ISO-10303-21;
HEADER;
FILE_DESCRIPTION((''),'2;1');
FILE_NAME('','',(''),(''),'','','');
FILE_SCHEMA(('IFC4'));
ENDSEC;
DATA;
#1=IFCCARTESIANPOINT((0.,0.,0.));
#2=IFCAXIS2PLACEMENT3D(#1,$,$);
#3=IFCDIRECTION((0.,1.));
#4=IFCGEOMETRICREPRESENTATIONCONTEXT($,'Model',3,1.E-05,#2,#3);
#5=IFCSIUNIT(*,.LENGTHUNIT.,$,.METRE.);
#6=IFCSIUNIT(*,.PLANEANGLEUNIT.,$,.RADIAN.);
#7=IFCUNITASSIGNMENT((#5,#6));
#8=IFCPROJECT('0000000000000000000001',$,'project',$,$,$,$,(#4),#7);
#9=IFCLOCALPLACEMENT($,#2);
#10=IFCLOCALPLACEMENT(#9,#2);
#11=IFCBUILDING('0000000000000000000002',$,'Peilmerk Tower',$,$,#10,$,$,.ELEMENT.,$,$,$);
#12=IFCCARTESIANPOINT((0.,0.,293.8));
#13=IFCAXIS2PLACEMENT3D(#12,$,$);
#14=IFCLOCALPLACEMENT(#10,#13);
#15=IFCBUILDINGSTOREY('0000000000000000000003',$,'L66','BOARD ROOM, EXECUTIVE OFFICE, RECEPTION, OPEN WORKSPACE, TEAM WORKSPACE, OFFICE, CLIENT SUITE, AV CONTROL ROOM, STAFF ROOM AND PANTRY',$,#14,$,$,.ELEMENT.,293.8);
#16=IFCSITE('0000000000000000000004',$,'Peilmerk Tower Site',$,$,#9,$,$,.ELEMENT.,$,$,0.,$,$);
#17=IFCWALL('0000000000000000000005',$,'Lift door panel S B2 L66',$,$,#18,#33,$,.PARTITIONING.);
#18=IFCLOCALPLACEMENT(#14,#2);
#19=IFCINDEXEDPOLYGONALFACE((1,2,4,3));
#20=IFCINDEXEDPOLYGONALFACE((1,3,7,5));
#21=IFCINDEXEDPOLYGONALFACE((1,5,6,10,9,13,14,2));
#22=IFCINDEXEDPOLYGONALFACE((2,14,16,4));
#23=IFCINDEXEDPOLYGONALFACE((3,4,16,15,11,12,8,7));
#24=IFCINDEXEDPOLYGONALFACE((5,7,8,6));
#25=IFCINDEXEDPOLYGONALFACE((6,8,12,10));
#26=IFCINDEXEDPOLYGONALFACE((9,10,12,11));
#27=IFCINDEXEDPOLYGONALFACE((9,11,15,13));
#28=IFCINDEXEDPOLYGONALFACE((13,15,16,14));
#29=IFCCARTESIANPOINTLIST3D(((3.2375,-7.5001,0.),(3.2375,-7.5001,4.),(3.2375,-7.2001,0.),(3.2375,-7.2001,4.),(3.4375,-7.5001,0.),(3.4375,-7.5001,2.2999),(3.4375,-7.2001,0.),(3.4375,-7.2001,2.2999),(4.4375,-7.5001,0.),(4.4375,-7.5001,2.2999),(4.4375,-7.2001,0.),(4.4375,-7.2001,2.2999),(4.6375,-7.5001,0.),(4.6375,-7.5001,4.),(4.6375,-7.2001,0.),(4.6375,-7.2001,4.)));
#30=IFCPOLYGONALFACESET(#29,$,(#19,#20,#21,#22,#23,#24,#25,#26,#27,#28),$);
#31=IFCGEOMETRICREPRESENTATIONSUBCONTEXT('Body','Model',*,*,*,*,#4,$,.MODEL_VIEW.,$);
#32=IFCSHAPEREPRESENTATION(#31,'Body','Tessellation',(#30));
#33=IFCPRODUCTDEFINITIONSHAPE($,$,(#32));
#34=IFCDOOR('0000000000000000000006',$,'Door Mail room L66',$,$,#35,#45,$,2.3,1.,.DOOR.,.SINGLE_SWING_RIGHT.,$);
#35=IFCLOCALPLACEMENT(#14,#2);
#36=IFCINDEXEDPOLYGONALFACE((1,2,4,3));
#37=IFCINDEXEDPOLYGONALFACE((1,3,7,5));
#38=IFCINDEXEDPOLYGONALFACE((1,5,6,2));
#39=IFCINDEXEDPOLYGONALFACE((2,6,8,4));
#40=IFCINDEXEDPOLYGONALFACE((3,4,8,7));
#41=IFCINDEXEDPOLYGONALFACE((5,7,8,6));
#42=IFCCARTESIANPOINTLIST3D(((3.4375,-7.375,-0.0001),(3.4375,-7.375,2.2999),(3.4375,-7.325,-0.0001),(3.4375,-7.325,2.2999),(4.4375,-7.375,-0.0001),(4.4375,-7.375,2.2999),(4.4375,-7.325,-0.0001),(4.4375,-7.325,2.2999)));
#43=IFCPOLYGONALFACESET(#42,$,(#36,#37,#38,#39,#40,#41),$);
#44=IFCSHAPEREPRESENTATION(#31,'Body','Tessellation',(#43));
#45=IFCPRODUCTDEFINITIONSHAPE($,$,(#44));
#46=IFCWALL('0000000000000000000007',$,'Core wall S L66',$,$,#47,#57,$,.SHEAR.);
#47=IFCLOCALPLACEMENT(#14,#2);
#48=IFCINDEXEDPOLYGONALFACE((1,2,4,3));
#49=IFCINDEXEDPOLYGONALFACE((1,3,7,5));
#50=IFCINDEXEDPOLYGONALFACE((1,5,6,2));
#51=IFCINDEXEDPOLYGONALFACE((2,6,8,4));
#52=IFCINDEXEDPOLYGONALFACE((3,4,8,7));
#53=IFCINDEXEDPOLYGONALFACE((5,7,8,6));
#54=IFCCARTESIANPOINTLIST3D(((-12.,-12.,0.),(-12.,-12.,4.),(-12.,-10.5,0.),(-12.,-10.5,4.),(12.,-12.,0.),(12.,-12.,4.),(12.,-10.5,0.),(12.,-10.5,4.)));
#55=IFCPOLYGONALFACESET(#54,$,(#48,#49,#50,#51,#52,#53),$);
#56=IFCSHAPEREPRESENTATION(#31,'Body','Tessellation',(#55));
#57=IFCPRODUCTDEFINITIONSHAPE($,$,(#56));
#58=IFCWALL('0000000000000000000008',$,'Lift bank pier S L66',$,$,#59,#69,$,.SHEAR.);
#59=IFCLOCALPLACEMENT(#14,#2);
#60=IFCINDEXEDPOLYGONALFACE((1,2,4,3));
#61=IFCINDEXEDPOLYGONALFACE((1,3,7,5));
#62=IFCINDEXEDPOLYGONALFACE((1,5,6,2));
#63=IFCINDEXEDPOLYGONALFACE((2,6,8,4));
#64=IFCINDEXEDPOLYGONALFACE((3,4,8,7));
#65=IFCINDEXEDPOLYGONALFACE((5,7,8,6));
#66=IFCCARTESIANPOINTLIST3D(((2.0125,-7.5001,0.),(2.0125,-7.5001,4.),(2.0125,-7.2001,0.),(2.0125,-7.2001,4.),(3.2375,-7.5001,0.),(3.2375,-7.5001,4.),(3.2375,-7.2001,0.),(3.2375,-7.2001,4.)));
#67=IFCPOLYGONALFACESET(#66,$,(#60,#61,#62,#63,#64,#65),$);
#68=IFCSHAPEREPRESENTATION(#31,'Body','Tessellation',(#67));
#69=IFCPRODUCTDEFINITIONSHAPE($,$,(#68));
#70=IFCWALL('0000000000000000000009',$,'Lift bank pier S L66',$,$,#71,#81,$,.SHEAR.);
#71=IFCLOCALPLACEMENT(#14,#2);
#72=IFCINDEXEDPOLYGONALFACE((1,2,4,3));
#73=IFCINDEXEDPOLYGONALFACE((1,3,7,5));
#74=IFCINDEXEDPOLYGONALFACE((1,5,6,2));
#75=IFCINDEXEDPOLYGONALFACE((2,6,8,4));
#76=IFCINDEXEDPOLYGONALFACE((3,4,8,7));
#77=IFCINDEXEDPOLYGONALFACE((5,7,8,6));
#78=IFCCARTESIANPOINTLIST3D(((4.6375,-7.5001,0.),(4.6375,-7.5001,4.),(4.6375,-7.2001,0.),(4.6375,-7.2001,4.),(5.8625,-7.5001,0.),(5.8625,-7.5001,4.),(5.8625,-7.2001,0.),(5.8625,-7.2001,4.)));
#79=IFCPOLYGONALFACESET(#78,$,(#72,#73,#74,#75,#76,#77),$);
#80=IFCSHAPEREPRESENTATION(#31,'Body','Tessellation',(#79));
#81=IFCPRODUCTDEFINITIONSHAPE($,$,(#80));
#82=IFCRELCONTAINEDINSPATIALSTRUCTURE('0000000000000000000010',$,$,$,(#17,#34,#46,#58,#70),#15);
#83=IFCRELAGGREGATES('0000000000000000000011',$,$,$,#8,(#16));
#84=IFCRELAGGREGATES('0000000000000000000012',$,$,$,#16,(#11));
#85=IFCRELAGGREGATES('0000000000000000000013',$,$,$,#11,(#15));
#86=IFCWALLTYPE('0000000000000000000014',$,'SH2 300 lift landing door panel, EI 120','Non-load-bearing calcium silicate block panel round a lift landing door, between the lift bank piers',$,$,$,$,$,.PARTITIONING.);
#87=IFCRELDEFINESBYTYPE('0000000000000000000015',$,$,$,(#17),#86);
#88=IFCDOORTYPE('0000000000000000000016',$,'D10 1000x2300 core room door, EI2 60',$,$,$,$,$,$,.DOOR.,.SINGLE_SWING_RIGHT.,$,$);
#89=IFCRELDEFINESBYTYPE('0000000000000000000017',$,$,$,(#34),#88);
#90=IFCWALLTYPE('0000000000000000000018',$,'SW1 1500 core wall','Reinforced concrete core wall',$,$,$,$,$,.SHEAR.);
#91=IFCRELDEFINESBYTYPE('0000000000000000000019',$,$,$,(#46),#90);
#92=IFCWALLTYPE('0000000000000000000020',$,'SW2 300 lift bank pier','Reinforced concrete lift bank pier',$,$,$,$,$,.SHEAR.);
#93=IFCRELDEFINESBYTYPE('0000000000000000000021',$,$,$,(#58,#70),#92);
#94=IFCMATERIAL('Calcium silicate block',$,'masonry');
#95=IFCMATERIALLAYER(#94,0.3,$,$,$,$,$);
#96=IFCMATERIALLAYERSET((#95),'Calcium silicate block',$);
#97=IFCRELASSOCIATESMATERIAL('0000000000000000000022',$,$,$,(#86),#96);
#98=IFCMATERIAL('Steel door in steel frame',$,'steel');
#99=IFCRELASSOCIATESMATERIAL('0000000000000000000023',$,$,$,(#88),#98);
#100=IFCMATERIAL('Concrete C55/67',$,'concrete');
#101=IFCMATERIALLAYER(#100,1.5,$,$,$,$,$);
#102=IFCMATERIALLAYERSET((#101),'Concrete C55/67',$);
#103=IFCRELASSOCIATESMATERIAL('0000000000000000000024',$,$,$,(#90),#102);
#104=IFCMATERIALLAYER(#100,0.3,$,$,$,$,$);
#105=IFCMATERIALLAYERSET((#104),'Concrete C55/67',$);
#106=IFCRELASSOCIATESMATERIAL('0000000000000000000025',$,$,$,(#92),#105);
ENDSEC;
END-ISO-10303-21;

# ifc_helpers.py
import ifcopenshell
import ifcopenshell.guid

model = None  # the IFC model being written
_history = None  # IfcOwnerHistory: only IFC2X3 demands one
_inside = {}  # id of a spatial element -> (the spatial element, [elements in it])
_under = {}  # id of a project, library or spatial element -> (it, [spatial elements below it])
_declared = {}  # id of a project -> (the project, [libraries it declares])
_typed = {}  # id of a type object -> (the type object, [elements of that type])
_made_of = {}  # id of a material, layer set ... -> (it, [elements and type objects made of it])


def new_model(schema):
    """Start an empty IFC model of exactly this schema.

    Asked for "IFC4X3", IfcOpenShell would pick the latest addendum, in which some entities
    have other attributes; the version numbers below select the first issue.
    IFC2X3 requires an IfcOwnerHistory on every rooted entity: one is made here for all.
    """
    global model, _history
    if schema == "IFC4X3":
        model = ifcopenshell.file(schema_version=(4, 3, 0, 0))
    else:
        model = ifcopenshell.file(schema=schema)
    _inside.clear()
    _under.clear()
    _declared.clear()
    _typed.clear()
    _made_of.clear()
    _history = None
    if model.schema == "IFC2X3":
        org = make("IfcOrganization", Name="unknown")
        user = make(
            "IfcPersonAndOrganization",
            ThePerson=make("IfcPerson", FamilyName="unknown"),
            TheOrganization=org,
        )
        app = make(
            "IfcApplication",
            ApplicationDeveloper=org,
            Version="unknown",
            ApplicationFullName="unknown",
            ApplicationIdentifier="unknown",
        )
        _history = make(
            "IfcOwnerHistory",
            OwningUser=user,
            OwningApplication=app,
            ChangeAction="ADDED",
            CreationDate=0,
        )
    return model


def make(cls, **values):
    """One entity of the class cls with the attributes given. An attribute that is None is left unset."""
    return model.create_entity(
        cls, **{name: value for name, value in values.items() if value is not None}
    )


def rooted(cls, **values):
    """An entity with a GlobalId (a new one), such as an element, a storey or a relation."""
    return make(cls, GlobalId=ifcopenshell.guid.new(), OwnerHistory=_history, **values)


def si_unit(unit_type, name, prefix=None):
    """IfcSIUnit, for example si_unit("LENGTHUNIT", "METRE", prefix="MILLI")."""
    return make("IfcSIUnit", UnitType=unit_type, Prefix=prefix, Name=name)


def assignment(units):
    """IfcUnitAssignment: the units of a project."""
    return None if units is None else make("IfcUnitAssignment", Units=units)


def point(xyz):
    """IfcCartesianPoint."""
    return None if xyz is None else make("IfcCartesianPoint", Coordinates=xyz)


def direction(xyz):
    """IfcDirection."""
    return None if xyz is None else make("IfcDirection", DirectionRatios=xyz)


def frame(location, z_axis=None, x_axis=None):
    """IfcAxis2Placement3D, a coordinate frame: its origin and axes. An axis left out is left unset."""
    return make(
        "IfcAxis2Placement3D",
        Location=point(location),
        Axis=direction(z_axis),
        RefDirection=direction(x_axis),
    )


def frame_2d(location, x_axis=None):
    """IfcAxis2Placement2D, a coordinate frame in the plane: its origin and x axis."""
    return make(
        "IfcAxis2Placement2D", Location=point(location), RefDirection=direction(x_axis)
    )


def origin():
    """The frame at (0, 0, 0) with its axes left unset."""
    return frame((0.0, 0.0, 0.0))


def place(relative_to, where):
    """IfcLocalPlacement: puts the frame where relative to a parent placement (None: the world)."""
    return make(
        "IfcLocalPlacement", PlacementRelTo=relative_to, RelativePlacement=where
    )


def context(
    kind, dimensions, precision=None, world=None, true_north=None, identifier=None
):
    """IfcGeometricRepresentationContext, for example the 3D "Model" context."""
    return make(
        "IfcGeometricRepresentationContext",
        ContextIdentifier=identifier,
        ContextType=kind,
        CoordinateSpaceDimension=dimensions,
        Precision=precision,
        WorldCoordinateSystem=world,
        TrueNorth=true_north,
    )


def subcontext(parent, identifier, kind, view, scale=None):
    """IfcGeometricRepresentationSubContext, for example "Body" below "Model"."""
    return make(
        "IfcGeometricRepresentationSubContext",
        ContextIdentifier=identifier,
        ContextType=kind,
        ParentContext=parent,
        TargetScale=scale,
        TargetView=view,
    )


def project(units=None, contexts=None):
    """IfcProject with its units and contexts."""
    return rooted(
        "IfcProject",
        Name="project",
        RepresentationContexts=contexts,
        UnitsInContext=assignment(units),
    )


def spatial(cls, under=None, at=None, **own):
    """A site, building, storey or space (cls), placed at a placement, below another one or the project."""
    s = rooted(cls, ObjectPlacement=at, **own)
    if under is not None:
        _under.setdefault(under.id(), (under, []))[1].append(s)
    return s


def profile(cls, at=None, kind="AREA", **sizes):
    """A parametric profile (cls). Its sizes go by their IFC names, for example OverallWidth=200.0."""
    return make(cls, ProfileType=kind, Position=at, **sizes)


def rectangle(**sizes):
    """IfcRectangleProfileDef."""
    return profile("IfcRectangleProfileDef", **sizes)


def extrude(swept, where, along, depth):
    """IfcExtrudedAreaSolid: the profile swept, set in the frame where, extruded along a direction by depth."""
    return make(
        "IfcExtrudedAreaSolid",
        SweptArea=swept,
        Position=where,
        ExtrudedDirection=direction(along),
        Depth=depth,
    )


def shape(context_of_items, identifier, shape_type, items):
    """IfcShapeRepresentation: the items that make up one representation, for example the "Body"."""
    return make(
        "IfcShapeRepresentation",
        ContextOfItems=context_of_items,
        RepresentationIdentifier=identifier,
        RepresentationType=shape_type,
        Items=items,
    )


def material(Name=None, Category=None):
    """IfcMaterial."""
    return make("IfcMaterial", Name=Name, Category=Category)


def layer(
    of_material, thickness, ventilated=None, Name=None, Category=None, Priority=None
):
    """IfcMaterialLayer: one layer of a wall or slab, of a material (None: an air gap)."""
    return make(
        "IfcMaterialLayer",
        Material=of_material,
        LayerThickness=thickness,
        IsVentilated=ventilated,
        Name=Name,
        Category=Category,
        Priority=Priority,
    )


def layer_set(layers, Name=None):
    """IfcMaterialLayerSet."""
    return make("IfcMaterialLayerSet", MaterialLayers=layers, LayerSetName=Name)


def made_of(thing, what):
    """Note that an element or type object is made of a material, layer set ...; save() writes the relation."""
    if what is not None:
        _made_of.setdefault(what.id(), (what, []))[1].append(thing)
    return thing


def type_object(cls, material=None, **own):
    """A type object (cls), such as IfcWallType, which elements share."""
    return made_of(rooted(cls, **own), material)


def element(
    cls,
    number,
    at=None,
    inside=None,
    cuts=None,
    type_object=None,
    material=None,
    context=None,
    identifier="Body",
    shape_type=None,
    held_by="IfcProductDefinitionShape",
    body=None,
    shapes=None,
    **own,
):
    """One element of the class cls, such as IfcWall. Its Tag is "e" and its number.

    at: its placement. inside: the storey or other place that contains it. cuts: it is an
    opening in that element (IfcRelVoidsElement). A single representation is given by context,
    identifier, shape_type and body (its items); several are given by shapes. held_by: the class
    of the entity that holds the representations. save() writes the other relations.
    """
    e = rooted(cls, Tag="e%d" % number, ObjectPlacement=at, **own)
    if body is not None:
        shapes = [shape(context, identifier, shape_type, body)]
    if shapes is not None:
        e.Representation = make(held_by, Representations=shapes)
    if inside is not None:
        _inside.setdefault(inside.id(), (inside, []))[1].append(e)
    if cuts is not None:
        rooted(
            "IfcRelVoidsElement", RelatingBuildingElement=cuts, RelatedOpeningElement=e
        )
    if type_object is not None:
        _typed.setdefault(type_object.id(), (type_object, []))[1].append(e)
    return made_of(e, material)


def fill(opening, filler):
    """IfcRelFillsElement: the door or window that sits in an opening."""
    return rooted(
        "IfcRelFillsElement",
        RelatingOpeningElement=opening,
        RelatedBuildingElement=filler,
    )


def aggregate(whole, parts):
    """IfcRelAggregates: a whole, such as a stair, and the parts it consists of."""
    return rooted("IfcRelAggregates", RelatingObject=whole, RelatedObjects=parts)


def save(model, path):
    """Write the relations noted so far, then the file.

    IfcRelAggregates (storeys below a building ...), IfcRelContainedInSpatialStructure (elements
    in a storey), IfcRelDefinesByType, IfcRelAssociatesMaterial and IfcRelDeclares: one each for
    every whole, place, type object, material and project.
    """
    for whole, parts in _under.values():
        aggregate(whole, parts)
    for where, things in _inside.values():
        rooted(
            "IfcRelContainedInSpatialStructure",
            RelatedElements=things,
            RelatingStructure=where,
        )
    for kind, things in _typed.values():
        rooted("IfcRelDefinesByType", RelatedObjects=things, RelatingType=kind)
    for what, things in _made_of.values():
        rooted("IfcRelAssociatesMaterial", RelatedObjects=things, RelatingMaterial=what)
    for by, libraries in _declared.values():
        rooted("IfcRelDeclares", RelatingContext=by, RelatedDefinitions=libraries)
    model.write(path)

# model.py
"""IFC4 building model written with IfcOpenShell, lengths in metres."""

from ifc_helpers import new_model, si_unit, direction, frame, frame_2d, origin, place, context, subcontext, project, spatial, rectangle, extrude, material, layer, layer_set, type_object, element, fill, save


model = new_model("IFC4")

# Units and contexts
model_context = context("Model", 3, precision=1e-05, world=origin(), true_north=direction((0.0, 1.0)))
body_context = subcontext(model_context, "Body", "Model", "MODEL_VIEW")
ifc_project = project(units=[si_unit("LENGTHUNIT", "METRE"), si_unit("PLANEANGLEUNIT", "RADIAN")], contexts=[model_context])

# Site, building, storey
site_placement = place(None, origin())
site = spatial("IfcSite", under=ifc_project, at=site_placement, Name="Peilmerk Tower Site", CompositionType="ELEMENT", RefElevation=0.0)
building_placement = place(site_placement, origin())
building = spatial("IfcBuilding", under=site, at=building_placement, Name="Peilmerk Tower", CompositionType="ELEMENT")
storey_placement = place(building_placement, frame((0.0, 0.0, 293.8)))
storey = spatial("IfcBuildingStorey", under=building, at=storey_placement, Name="L66", Description="BOARD ROOM, EXECUTIVE OFFICE, RECEPTION, OPEN WORKSPACE, TEAM WORKSPACE, OFFICE, CLIENT SUITE, AV CONTROL ROOM, STAFF ROOM AND PANTRY", CompositionType="ELEMENT", Elevation=293.8)

# Shared definitions
ifc_material_1 = material(Name="Calcium silicate block", Category="masonry")

# Shared definitions
ifc_layer_1 = layer(ifc_material_1, 0.3)
ifc_layer_set_1 = layer_set([ifc_layer_1], Name="Calcium silicate block")
wall_type_1 = type_object("IfcWallType", Name="SH2 300 lift landing door panel, EI 120", Description="Non-load-bearing calcium silicate block panel round a lift landing door, between the lift bank piers", PredefinedType="PARTITIONING", material=ifc_layer_set_1)

# Wall, opening, door
wall_1_placement = place(storey_placement, frame((3.2375, -7.3501, 0.0), z_axis=(0.0, 0.0, 1.0), x_axis=(1.0, 0.0, 0.0)))
wall_1 = element("IfcWall", 1, at=wall_1_placement, inside=storey, type_object=wall_type_1, Name="Lift door panel S B2 L66", PredefinedType="PARTITIONING", context=body_context, shape_type="SweptSolid", body=[
    extrude(rectangle(XDim=1.3999, YDim=0.3, at=frame_2d((0.7, 0.0))), origin(), (0.0, 0.0, 1.0), 4.0),
])
opening_1_placement = place(wall_1_placement, frame((0.2, 0.0, 0.0)))
opening_1 = element("IfcOpeningElement", 2, at=opening_1_placement, cuts=wall_1, PredefinedType="OPENING", context=body_context, shape_type="SweptSolid", body=[
    extrude(rectangle(XDim=1.0, YDim=2.3, at=frame_2d((0.5, 1.1499))), frame((0.0, 0.1599, 0.0), z_axis=(0.0, -1.0, 0.0), x_axis=(1.0, 0.0, 0.0)), (0.0, 0.0, 1.0), 0.3201),
])
ifc_material_2 = material(Name="Steel door in steel frame", Category="steel")
door_type_1 = type_object("IfcDoorType", Name="D10 1000x2300 core room door, EI2 60", OperationType="SINGLE_SWING_RIGHT", PredefinedType="DOOR", material=ifc_material_2)
door_1_placement = place(opening_1_placement, frame((1.0, 0.0, 0.0), z_axis=(0.0, 0.0, 1.0), x_axis=(-1.0, 0.0, 0.0)))
door_1 = element("IfcDoor", 3, at=door_1_placement, inside=storey, type_object=door_type_1, Name="Door Mail room L66", OperationType="SINGLE_SWING_RIGHT", OverallHeight=2.3, OverallWidth=1.0, PredefinedType="DOOR", context=body_context, shape_type="SweptSolid", body=[
    extrude(rectangle(XDim=1.0, YDim=2.3, at=frame_2d((0.5, 1.1499))), frame((0.0, 0.0249, 0.0), z_axis=(0.0, -1.0, 0.0), x_axis=(1.0, 0.0, 0.0)), (0.0, 0.0, 1.0), 0.05),
])
fill(opening_1, door_1)

# Walls
ifc_material_3 = material(Name="Concrete C55/67", Category="concrete")
ifc_layer_2 = layer(ifc_material_3, 1.5)
ifc_layer_set_2 = layer_set([ifc_layer_2], Name="Concrete C55/67")
wall_type_2 = type_object("IfcWallType", Name="SW1 1500 core wall", Description="Reinforced concrete core wall", PredefinedType="SHEAR", material=ifc_layer_set_2)
wall_2_placement = place(storey_placement, frame((12.0, -11.25, 0.0), z_axis=(0.0, 0.0, 1.0), x_axis=(-1.0, 0.0, 0.0)))
element("IfcWall", 4, at=wall_2_placement, inside=storey, type_object=wall_type_2, Name="Core wall S L66", PredefinedType="SHEAR", context=body_context, shape_type="SweptSolid", body=[
    extrude(rectangle(XDim=24.0, YDim=1.5, at=frame_2d((12.0, 0.0))), origin(), (0.0, 0.0, 1.0), 4.0),
])
ifc_layer_3 = layer(ifc_material_3, 0.3)
ifc_layer_set_3 = layer_set([ifc_layer_3], Name="Concrete C55/67")
wall_type_3 = type_object("IfcWallType", Name="SW2 300 lift bank pier", Description="Reinforced concrete lift bank pier", PredefinedType="SHEAR", material=ifc_layer_set_3)
for number, where, z_axis, x_axis, name in (
    (5, (2.0125, -7.3501, 0.0), (0.0, 0.0, 1.0), (1.0, 0.0, 0.0), "Lift bank pier S L66"),
    (6, (4.6375, -7.3501, 0.0), (0.0, 0.0, 1.0), (1.0, 0.0, 0.0), "Lift bank pier S L66"),
):
    element("IfcWall", number, at=place(storey_placement, frame(where, z_axis=z_axis, x_axis=x_axis)), inside=storey, type_object=wall_type_3, Name=name, PredefinedType="SHEAR", context=body_context, shape_type="SweptSolid", body=[
        extrude(rectangle(XDim=1.2251, YDim=0.3, at=frame_2d((0.6125, 0.0))), origin(), (0.0, 0.0, 1.0), 4.0),
    ])

save(model, "model.ifc")
